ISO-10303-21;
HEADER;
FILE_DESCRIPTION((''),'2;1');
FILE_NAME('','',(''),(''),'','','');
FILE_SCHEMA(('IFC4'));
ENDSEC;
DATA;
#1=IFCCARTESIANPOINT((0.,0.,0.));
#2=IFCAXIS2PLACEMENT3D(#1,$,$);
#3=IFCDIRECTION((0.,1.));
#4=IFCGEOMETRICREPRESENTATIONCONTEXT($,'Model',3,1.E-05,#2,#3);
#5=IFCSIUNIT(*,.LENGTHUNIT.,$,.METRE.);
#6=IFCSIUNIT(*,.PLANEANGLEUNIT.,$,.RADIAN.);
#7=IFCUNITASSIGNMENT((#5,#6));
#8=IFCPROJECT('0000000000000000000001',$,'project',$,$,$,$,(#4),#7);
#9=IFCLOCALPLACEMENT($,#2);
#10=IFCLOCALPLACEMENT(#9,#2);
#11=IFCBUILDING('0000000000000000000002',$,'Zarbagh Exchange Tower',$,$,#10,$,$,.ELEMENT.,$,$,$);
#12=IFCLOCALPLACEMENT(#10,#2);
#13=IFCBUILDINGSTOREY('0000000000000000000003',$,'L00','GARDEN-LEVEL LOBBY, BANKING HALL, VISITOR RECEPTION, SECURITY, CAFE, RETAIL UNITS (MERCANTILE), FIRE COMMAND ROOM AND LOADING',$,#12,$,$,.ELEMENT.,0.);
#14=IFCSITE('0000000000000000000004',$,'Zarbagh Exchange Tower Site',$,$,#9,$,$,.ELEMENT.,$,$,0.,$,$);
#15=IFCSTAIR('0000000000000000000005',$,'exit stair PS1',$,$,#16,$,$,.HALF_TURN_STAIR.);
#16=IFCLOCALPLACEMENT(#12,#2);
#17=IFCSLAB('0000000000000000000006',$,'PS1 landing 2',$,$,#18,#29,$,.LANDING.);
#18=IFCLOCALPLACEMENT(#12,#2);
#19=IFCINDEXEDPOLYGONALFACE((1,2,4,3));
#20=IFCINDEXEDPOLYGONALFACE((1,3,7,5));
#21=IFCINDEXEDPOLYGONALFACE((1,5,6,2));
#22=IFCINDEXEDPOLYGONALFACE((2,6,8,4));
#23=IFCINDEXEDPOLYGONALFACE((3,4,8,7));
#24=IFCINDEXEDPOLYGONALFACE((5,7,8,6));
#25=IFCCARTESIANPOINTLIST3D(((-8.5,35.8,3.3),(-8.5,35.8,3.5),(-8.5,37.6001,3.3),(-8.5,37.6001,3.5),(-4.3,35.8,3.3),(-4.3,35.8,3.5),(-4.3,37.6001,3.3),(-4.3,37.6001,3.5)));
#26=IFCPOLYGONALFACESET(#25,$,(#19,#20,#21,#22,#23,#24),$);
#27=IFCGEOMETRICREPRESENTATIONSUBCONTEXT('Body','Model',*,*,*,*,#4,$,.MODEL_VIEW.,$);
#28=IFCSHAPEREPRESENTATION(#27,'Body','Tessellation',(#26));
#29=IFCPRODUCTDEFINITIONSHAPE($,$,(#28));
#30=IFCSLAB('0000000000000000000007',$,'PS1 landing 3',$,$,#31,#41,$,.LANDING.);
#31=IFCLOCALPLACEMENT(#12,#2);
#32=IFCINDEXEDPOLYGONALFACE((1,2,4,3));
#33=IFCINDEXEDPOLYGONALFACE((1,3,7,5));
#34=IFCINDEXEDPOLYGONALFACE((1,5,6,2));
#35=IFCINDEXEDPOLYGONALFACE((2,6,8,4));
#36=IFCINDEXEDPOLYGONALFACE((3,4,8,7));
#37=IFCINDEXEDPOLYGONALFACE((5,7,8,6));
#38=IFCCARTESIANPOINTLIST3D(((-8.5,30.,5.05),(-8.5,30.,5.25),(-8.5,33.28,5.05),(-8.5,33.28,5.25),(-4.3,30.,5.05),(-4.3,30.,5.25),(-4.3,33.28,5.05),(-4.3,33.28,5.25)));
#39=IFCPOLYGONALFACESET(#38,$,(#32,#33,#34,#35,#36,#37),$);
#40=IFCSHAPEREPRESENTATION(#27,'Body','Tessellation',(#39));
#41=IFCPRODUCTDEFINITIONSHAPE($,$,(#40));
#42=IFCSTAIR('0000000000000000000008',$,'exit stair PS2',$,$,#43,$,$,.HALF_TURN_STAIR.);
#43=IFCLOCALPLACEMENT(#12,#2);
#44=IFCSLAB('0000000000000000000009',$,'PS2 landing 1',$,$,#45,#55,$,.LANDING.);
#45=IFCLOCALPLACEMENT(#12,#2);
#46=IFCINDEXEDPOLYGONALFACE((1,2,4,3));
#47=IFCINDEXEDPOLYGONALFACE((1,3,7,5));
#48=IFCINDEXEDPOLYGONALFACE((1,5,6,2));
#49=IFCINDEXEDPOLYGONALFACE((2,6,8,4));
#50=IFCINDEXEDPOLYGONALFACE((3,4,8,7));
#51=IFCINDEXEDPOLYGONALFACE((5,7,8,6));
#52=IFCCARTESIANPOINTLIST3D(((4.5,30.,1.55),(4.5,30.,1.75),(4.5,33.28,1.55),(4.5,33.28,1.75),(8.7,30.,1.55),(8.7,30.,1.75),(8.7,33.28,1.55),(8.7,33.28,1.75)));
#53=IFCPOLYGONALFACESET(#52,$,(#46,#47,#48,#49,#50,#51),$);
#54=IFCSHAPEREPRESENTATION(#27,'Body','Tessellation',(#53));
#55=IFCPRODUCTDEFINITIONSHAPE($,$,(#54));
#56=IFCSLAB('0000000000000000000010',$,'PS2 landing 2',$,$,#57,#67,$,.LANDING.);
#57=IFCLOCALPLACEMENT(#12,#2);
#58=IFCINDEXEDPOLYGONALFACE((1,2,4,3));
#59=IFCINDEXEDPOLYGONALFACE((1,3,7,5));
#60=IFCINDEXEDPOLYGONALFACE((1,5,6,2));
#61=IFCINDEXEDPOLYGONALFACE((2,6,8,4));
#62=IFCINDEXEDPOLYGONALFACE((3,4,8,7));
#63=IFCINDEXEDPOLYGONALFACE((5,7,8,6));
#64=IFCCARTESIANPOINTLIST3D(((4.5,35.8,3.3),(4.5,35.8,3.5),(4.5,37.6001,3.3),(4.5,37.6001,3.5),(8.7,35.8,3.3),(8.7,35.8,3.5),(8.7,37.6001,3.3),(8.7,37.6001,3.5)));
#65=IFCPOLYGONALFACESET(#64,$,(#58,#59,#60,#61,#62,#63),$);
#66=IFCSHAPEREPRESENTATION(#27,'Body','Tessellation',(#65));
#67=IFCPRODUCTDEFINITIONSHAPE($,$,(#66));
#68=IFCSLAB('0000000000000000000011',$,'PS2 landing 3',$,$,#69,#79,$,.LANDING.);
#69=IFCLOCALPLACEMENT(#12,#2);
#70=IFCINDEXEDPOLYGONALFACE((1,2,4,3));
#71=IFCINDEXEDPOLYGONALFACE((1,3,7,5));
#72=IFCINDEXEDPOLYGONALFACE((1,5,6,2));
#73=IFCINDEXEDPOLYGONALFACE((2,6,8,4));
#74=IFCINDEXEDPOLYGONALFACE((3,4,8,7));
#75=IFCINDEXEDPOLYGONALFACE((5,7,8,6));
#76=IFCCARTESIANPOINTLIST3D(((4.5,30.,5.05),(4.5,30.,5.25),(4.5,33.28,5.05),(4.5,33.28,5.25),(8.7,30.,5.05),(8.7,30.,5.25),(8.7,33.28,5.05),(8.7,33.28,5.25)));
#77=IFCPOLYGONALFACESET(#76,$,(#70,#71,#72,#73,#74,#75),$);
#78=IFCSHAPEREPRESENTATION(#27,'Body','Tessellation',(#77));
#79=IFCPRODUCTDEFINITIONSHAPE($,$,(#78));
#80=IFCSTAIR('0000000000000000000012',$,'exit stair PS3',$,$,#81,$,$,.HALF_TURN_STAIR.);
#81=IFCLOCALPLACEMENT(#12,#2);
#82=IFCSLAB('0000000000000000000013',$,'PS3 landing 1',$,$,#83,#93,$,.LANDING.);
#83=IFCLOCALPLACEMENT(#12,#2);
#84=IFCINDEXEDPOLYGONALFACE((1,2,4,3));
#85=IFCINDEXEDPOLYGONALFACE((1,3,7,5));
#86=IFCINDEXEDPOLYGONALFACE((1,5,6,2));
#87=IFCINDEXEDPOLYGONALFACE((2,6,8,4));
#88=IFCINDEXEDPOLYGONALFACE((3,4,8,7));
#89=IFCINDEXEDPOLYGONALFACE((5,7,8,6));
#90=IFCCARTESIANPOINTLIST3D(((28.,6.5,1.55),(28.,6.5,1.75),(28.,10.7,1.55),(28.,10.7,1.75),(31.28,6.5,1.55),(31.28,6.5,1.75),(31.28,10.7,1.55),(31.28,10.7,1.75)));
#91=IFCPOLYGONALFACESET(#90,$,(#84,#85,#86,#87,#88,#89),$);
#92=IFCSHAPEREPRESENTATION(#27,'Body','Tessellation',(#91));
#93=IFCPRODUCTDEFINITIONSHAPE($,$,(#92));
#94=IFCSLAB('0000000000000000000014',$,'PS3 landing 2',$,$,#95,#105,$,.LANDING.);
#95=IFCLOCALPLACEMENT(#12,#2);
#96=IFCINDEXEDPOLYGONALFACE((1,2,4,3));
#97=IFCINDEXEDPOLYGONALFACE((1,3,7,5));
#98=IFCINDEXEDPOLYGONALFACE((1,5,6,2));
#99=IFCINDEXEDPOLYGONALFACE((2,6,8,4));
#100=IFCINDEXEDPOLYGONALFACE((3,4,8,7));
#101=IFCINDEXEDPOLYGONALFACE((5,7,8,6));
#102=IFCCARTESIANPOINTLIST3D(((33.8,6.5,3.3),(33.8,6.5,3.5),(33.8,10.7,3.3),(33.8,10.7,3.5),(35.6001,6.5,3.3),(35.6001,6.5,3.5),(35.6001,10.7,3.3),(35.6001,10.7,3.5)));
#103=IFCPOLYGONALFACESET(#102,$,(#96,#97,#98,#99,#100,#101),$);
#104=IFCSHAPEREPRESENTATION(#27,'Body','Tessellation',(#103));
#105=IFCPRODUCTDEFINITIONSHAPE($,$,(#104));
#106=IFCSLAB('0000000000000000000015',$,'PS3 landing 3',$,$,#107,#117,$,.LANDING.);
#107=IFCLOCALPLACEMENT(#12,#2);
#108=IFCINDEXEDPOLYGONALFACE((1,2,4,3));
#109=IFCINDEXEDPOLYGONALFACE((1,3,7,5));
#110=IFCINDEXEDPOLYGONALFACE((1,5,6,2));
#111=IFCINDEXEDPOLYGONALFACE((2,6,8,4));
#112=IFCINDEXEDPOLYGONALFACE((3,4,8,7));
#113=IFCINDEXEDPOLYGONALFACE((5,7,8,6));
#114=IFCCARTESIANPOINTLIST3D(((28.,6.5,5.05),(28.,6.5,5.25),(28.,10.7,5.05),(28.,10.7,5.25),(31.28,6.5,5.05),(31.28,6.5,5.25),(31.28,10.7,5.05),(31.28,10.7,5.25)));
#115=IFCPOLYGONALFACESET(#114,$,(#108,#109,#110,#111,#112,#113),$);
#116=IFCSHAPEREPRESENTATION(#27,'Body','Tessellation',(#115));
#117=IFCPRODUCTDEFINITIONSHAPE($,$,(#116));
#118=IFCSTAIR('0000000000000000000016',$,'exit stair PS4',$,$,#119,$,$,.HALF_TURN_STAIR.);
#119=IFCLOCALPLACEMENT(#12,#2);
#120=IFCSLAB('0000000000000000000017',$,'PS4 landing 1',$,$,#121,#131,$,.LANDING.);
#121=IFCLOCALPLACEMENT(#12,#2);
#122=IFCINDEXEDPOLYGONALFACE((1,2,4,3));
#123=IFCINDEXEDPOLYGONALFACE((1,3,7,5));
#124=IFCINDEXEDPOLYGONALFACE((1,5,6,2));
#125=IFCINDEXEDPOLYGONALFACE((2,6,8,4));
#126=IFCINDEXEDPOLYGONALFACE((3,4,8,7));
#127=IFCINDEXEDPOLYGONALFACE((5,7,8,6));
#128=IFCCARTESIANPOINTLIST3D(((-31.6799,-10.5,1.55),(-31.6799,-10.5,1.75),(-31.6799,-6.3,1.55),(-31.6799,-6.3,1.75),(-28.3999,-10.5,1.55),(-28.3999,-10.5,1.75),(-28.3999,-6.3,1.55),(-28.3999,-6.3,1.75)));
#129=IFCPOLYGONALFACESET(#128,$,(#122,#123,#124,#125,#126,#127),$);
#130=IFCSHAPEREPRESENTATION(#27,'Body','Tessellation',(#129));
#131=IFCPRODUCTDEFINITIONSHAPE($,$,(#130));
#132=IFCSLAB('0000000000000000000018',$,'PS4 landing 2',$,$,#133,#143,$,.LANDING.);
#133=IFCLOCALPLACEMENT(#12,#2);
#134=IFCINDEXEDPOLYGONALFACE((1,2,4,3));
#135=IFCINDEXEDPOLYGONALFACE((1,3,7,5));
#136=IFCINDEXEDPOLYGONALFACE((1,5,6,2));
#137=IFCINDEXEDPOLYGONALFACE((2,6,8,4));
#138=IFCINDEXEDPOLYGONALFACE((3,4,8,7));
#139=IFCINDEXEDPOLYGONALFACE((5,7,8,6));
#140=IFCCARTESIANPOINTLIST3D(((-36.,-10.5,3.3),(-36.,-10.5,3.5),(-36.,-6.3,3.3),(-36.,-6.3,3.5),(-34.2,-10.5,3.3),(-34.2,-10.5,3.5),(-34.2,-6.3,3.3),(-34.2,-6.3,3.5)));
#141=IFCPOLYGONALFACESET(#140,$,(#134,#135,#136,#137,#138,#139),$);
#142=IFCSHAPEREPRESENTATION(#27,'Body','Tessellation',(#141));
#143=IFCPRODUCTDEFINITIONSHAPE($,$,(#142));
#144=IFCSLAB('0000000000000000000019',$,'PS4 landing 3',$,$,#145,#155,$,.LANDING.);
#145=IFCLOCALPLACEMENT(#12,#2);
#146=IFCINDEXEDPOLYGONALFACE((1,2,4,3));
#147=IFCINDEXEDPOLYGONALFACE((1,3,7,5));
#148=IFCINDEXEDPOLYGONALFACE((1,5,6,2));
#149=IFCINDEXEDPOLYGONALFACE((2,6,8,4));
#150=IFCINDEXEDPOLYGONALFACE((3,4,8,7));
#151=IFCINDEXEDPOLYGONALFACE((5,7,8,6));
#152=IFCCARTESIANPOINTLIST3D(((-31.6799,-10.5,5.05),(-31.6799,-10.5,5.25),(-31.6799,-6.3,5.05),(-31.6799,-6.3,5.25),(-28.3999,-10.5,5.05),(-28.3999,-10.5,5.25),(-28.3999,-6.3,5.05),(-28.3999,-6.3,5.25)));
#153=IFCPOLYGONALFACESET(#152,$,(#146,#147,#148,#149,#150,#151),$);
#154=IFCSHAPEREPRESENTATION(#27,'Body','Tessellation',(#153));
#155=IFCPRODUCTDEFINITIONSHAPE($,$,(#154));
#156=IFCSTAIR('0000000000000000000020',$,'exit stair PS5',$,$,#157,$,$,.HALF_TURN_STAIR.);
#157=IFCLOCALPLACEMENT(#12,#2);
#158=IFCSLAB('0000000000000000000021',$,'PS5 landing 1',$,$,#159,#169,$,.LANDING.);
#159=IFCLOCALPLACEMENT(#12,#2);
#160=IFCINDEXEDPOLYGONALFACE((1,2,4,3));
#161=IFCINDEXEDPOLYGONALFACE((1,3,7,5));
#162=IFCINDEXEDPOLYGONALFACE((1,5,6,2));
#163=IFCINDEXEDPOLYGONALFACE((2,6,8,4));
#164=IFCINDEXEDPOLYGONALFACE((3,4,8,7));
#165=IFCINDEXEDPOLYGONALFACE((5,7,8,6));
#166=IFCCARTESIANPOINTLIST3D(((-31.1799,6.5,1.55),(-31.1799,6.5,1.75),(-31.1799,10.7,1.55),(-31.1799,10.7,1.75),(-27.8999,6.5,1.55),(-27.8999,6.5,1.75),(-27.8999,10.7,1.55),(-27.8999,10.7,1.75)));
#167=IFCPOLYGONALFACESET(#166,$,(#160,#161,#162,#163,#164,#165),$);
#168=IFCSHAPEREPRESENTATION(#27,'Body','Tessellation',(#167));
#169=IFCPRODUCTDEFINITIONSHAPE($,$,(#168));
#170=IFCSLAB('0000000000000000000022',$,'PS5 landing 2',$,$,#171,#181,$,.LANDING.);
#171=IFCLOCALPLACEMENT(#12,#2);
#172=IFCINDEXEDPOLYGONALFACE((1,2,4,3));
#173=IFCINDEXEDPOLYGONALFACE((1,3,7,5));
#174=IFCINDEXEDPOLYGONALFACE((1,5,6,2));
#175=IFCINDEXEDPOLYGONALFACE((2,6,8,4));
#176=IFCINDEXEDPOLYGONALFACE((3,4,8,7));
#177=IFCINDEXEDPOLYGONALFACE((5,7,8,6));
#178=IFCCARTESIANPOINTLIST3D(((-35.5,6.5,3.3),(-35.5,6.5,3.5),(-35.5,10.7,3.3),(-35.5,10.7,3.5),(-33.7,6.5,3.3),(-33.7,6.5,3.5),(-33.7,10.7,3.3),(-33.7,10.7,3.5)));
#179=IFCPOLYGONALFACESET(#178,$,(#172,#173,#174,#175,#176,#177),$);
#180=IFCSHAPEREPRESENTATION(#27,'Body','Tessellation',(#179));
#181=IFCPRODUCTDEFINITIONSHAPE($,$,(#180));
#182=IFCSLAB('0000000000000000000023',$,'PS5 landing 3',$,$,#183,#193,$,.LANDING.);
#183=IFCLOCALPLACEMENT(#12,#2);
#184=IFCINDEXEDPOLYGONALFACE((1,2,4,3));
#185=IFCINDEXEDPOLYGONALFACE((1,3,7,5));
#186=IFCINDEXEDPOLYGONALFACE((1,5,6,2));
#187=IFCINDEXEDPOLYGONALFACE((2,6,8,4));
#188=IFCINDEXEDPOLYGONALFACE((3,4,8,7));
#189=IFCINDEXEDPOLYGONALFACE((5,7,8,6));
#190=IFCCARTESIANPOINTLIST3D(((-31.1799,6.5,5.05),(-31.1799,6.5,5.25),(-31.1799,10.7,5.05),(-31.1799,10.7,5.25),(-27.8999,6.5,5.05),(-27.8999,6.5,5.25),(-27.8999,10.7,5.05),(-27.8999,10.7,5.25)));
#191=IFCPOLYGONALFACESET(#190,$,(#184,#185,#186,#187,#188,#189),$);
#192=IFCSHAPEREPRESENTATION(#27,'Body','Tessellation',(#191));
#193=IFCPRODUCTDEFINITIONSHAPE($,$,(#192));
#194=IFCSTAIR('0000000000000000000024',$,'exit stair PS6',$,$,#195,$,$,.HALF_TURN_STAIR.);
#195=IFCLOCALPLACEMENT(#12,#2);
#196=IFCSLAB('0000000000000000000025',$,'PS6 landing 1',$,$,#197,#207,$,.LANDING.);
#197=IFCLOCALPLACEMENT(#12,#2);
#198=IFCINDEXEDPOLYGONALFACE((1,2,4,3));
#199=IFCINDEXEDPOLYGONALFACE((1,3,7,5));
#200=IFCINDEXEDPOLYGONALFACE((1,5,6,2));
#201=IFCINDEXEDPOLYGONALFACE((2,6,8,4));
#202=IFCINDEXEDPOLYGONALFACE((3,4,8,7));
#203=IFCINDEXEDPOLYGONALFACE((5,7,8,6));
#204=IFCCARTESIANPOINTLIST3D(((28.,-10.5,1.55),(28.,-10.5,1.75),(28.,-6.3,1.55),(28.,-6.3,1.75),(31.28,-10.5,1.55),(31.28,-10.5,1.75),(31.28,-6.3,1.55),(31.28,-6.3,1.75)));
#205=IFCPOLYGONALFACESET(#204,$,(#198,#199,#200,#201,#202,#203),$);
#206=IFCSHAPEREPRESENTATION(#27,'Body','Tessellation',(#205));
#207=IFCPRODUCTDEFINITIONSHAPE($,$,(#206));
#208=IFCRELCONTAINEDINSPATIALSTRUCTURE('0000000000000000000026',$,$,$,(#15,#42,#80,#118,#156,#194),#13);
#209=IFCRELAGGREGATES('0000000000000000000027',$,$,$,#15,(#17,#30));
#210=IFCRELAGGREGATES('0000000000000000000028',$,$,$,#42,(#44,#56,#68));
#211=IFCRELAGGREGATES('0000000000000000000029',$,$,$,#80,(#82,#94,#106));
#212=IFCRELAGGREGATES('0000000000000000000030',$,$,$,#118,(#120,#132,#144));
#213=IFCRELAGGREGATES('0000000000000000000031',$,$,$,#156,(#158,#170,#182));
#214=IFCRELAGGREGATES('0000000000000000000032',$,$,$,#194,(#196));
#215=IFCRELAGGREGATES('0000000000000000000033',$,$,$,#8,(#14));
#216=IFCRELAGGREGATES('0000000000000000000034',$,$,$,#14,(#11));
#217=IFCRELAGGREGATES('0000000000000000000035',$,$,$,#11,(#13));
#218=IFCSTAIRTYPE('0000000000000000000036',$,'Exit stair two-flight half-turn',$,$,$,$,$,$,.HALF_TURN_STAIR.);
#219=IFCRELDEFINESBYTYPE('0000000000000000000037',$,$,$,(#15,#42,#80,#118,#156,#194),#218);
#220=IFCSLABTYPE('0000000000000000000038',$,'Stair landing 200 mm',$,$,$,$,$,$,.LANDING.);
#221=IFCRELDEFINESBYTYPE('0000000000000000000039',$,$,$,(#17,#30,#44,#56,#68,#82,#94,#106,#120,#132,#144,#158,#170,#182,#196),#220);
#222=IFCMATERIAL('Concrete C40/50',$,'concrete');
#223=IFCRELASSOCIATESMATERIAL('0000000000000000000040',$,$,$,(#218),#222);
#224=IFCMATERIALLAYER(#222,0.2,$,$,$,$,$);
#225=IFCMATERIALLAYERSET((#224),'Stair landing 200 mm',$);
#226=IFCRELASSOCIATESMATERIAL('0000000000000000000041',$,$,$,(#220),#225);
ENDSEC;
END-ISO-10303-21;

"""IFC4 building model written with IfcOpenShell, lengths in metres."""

from ifc_helpers import new_model, si_unit, direction, frame, origin, place, context, subcontext, project, spatial, polyline, outline, extrude, material, layer, layer_set, type_object, element, aggregate, save


model = new_model("IFC4")

# Units and contexts
model_context = context("Model", 3, precision=1e-05, world=origin(), true_north=direction((0.0, 1.0)))
body_context = subcontext(model_context, "Body", "Model", "MODEL_VIEW")
ifc_project = project(units=[si_unit("LENGTHUNIT", "METRE"), si_unit("PLANEANGLEUNIT", "RADIAN")], contexts=[model_context])

# Site, building, storey
site_placement = place(None, origin())
site = spatial("IfcSite", under=ifc_project, at=site_placement, Name="Zarbagh Exchange Tower Site", CompositionType="ELEMENT", RefElevation=0.0)
building_placement = place(site_placement, origin())
building = spatial("IfcBuilding", under=site, at=building_placement, Name="Zarbagh Exchange Tower", CompositionType="ELEMENT")
storey_placement = place(building_placement, origin())
storey = spatial("IfcBuildingStorey", under=building, at=storey_placement, Name="L00", Description="GARDEN-LEVEL LOBBY, BANKING HALL, VISITOR RECEPTION, SECURITY, CAFE, RETAIL UNITS (MERCANTILE), FIRE COMMAND ROOM AND LOADING", CompositionType="ELEMENT", Elevation=0.0)

# Stairs, slabs
ifc_material_1 = material(Name="Concrete C40/50", Category="concrete")
stair_type = type_object("IfcStairType", Name="Exit stair two-flight half-turn", PredefinedType="HALF_TURN_STAIR", material=ifc_material_1)
ifc_layer_1 = layer(ifc_material_1, 0.2)
ifc_layer_set_1 = layer_set([ifc_layer_1], Name="Stair landing 200 mm")
slab_type_1 = type_object("IfcSlabType", Name="Stair landing 200 mm", PredefinedType="LANDING", material=ifc_layer_set_1)
stair_1_placement = place(storey_placement, origin())
stair_1 = element("IfcStair", 1, at=stair_1_placement, inside=storey, type_object=stair_type, Name="exit stair PS1", PredefinedType="HALF_TURN_STAIR")
slab_1_placement = place(storey_placement, frame((0.0, 0.0, 3.3)))
slab_1 = element("IfcSlab", 2, at=slab_1_placement, type_object=slab_type_1, Name="PS1 landing 2", PredefinedType="LANDING", context=body_context, shape_type="SweptSolid", body=[
    extrude(outline(polyline([(-8.5, 37.6001), (-8.5, 35.8), (-4.3, 35.8), (-4.3, 37.6001), (-8.5, 37.6001)])), origin(), (0.0, 0.0, 1.0), 0.2),
])
slab_2_placement = place(storey_placement, frame((0.0, 0.0, 5.05)))
slab_2 = element("IfcSlab", 3, at=slab_2_placement, type_object=slab_type_1, Name="PS1 landing 3", PredefinedType="LANDING", context=body_context, shape_type="SweptSolid", body=[
    extrude(outline(polyline([(-8.5, 33.28), (-8.5, 30.0), (-4.3, 30.0), (-4.3, 33.28), (-8.5, 33.28)])), origin(), (0.0, 0.0, 1.0), 0.2),
])
aggregate(stair_1, [slab_1, slab_2])
stair_2_placement = place(storey_placement, origin())
stair_2 = element("IfcStair", 4, at=stair_2_placement, inside=storey, type_object=stair_type, Name="exit stair PS2", PredefinedType="HALF_TURN_STAIR")
slab_3_placement = place(storey_placement, frame((0.0, 0.0, 1.55)))
slab_3 = element("IfcSlab", 5, at=slab_3_placement, type_object=slab_type_1, Name="PS2 landing 1", PredefinedType="LANDING", context=body_context, shape_type="SweptSolid", body=[
    extrude(outline(polyline([(4.5, 33.28), (4.5, 30.0), (8.7, 30.0), (8.7, 33.28), (4.5, 33.28)])), origin(), (0.0, 0.0, 1.0), 0.2),
])
slab_4_placement = place(storey_placement, frame((0.0, 0.0, 3.3)))
slab_4 = element("IfcSlab", 6, at=slab_4_placement, type_object=slab_type_1, Name="PS2 landing 2", PredefinedType="LANDING", context=body_context, shape_type="SweptSolid", body=[
    extrude(outline(polyline([(4.5, 37.6001), (4.5, 35.8), (8.7, 35.8), (8.7, 37.6001), (4.5, 37.6001)])), origin(), (0.0, 0.0, 1.0), 0.2),
])
slab_5_placement = place(storey_placement, frame((0.0, 0.0, 5.05)))
slab_5 = element("IfcSlab", 7, at=slab_5_placement, type_object=slab_type_1, Name="PS2 landing 3", PredefinedType="LANDING", context=body_context, shape_type="SweptSolid", body=[
    extrude(outline(polyline([(4.5, 33.28), (4.5, 30.0), (8.7, 30.0), (8.7, 33.28), (4.5, 33.28)])), origin(), (0.0, 0.0, 1.0), 0.2),
])
aggregate(stair_2, [slab_3, slab_4, slab_5])
stair_3_placement = place(storey_placement, origin())
stair_3 = element("IfcStair", 8, at=stair_3_placement, inside=storey, type_object=stair_type, Name="exit stair PS3", PredefinedType="HALF_TURN_STAIR")
slab_6_placement = place(storey_placement, frame((0.0, 0.0, 1.55)))
slab_6 = element("IfcSlab", 9, at=slab_6_placement, type_object=slab_type_1, Name="PS3 landing 1", PredefinedType="LANDING", context=body_context, shape_type="SweptSolid", body=[
    extrude(outline(polyline([(31.28, 10.7), (28.0, 10.7), (28.0, 6.5), (31.28, 6.5), (31.28, 10.7)])), origin(), (0.0, 0.0, 1.0), 0.2),
])
slab_7_placement = place(storey_placement, frame((0.0, 0.0, 3.3)))
slab_7 = element("IfcSlab", 10, at=slab_7_placement, type_object=slab_type_1, Name="PS3 landing 2", PredefinedType="LANDING", context=body_context, shape_type="SweptSolid", body=[
    extrude(outline(polyline([(35.6001, 10.7), (33.8, 10.7), (33.8, 6.5), (35.6001, 6.5), (35.6001, 10.7)])), origin(), (0.0, 0.0, 1.0), 0.2),
])
slab_8_placement = place(storey_placement, frame((0.0, 0.0, 5.05)))
slab_8 = element("IfcSlab", 11, at=slab_8_placement, type_object=slab_type_1, Name="PS3 landing 3", PredefinedType="LANDING", context=body_context, shape_type="SweptSolid", body=[
    extrude(outline(polyline([(31.28, 10.7), (28.0, 10.7), (28.0, 6.5), (31.28, 6.5), (31.28, 10.7)])), origin(), (0.0, 0.0, 1.0), 0.2),
])
aggregate(stair_3, [slab_6, slab_7, slab_8])
stair_4_placement = place(storey_placement, origin())
stair_4 = element("IfcStair", 12, at=stair_4_placement, inside=storey, type_object=stair_type, Name="exit stair PS4", PredefinedType="HALF_TURN_STAIR")
slab_9_placement = place(storey_placement, frame((0.0, 0.0, 1.55)))
slab_9 = element("IfcSlab", 13, at=slab_9_placement, type_object=slab_type_1, Name="PS4 landing 1", PredefinedType="LANDING", context=body_context, shape_type="SweptSolid", body=[
    extrude(outline(polyline([(-31.6799, -10.5), (-28.3999, -10.5), (-28.3999, -6.3), (-31.6799, -6.3), (-31.6799, -10.5)])), origin(), (0.0, 0.0, 1.0), 0.2),
])
slab_10_placement = place(storey_placement, frame((0.0, 0.0, 3.3)))
slab_10 = element("IfcSlab", 14, at=slab_10_placement, type_object=slab_type_1, Name="PS4 landing 2", PredefinedType="LANDING", context=body_context, shape_type="SweptSolid", body=[
    extrude(outline(polyline([(-36.0, -10.5), (-34.2, -10.5), (-34.2, -6.3), (-36.0, -6.3), (-36.0, -10.5)])), origin(), (0.0, 0.0, 1.0), 0.2),
])
slab_11_placement = place(storey_placement, frame((0.0, 0.0, 5.05)))
slab_11 = element("IfcSlab", 15, at=slab_11_placement, type_object=slab_type_1, Name="PS4 landing 3", PredefinedType="LANDING", context=body_context, shape_type="SweptSolid", body=[
    extrude(outline(polyline([(-31.6799, -10.5), (-28.3999, -10.5), (-28.3999, -6.3), (-31.6799, -6.3), (-31.6799, -10.5)])), origin(), (0.0, 0.0, 1.0), 0.2),
])
aggregate(stair_4, [slab_9, slab_10, slab_11])
stair_5_placement = place(storey_placement, origin())
stair_5 = element("IfcStair", 16, at=stair_5_placement, inside=storey, type_object=stair_type, Name="exit stair PS5", PredefinedType="HALF_TURN_STAIR")
slab_12_placement = place(storey_placement, frame((0.0, 0.0, 1.55)))
slab_12 = element("IfcSlab", 17, at=slab_12_placement, type_object=slab_type_1, Name="PS5 landing 1", PredefinedType="LANDING", context=body_context, shape_type="SweptSolid", body=[
    extrude(outline(polyline([(-31.1799, 6.5), (-27.8999, 6.5), (-27.8999, 10.7), (-31.1799, 10.7), (-31.1799, 6.5)])), origin(), (0.0, 0.0, 1.0), 0.2),
])
slab_13_placement = place(storey_placement, frame((0.0, 0.0, 3.3)))
slab_13 = element("IfcSlab", 18, at=slab_13_placement, type_object=slab_type_1, Name="PS5 landing 2", PredefinedType="LANDING", context=body_context, shape_type="SweptSolid", body=[
    extrude(outline(polyline([(-35.5, 6.5), (-33.7, 6.5), (-33.7, 10.7), (-35.5, 10.7), (-35.5, 6.5)])), origin(), (0.0, 0.0, 1.0), 0.2),
])
slab_14_placement = place(storey_placement, frame((0.0, 0.0, 5.05)))
slab_14 = element("IfcSlab", 19, at=slab_14_placement, type_object=slab_type_1, Name="PS5 landing 3", PredefinedType="LANDING", context=body_context, shape_type="SweptSolid", body=[
    extrude(outline(polyline([(-31.1799, 6.5), (-27.8999, 6.5), (-27.8999, 10.7), (-31.1799, 10.7), (-31.1799, 6.5)])), origin(), (0.0, 0.0, 1.0), 0.2),
])
aggregate(stair_5, [slab_12, slab_13, slab_14])
stair_6_placement = place(storey_placement, origin())
stair_6 = element("IfcStair", 20, at=stair_6_placement, inside=storey, type_object=stair_type, Name="exit stair PS6", PredefinedType="HALF_TURN_STAIR")
slab_15_placement = place(storey_placement, frame((0.0, 0.0, 1.55)))
slab_15 = element("IfcSlab", 21, at=slab_15_placement, type_object=slab_type_1, Name="PS6 landing 1", PredefinedType="LANDING", context=body_context, shape_type="SweptSolid", body=[
    extrude(outline(polyline([(31.28, -6.3), (28.0, -6.3), (28.0, -10.5), (31.28, -10.5), (31.28, -6.3)])), origin(), (0.0, 0.0, 1.0), 0.2),
])
aggregate(stair_6, [slab_15])

save(model, "model.ifc")
